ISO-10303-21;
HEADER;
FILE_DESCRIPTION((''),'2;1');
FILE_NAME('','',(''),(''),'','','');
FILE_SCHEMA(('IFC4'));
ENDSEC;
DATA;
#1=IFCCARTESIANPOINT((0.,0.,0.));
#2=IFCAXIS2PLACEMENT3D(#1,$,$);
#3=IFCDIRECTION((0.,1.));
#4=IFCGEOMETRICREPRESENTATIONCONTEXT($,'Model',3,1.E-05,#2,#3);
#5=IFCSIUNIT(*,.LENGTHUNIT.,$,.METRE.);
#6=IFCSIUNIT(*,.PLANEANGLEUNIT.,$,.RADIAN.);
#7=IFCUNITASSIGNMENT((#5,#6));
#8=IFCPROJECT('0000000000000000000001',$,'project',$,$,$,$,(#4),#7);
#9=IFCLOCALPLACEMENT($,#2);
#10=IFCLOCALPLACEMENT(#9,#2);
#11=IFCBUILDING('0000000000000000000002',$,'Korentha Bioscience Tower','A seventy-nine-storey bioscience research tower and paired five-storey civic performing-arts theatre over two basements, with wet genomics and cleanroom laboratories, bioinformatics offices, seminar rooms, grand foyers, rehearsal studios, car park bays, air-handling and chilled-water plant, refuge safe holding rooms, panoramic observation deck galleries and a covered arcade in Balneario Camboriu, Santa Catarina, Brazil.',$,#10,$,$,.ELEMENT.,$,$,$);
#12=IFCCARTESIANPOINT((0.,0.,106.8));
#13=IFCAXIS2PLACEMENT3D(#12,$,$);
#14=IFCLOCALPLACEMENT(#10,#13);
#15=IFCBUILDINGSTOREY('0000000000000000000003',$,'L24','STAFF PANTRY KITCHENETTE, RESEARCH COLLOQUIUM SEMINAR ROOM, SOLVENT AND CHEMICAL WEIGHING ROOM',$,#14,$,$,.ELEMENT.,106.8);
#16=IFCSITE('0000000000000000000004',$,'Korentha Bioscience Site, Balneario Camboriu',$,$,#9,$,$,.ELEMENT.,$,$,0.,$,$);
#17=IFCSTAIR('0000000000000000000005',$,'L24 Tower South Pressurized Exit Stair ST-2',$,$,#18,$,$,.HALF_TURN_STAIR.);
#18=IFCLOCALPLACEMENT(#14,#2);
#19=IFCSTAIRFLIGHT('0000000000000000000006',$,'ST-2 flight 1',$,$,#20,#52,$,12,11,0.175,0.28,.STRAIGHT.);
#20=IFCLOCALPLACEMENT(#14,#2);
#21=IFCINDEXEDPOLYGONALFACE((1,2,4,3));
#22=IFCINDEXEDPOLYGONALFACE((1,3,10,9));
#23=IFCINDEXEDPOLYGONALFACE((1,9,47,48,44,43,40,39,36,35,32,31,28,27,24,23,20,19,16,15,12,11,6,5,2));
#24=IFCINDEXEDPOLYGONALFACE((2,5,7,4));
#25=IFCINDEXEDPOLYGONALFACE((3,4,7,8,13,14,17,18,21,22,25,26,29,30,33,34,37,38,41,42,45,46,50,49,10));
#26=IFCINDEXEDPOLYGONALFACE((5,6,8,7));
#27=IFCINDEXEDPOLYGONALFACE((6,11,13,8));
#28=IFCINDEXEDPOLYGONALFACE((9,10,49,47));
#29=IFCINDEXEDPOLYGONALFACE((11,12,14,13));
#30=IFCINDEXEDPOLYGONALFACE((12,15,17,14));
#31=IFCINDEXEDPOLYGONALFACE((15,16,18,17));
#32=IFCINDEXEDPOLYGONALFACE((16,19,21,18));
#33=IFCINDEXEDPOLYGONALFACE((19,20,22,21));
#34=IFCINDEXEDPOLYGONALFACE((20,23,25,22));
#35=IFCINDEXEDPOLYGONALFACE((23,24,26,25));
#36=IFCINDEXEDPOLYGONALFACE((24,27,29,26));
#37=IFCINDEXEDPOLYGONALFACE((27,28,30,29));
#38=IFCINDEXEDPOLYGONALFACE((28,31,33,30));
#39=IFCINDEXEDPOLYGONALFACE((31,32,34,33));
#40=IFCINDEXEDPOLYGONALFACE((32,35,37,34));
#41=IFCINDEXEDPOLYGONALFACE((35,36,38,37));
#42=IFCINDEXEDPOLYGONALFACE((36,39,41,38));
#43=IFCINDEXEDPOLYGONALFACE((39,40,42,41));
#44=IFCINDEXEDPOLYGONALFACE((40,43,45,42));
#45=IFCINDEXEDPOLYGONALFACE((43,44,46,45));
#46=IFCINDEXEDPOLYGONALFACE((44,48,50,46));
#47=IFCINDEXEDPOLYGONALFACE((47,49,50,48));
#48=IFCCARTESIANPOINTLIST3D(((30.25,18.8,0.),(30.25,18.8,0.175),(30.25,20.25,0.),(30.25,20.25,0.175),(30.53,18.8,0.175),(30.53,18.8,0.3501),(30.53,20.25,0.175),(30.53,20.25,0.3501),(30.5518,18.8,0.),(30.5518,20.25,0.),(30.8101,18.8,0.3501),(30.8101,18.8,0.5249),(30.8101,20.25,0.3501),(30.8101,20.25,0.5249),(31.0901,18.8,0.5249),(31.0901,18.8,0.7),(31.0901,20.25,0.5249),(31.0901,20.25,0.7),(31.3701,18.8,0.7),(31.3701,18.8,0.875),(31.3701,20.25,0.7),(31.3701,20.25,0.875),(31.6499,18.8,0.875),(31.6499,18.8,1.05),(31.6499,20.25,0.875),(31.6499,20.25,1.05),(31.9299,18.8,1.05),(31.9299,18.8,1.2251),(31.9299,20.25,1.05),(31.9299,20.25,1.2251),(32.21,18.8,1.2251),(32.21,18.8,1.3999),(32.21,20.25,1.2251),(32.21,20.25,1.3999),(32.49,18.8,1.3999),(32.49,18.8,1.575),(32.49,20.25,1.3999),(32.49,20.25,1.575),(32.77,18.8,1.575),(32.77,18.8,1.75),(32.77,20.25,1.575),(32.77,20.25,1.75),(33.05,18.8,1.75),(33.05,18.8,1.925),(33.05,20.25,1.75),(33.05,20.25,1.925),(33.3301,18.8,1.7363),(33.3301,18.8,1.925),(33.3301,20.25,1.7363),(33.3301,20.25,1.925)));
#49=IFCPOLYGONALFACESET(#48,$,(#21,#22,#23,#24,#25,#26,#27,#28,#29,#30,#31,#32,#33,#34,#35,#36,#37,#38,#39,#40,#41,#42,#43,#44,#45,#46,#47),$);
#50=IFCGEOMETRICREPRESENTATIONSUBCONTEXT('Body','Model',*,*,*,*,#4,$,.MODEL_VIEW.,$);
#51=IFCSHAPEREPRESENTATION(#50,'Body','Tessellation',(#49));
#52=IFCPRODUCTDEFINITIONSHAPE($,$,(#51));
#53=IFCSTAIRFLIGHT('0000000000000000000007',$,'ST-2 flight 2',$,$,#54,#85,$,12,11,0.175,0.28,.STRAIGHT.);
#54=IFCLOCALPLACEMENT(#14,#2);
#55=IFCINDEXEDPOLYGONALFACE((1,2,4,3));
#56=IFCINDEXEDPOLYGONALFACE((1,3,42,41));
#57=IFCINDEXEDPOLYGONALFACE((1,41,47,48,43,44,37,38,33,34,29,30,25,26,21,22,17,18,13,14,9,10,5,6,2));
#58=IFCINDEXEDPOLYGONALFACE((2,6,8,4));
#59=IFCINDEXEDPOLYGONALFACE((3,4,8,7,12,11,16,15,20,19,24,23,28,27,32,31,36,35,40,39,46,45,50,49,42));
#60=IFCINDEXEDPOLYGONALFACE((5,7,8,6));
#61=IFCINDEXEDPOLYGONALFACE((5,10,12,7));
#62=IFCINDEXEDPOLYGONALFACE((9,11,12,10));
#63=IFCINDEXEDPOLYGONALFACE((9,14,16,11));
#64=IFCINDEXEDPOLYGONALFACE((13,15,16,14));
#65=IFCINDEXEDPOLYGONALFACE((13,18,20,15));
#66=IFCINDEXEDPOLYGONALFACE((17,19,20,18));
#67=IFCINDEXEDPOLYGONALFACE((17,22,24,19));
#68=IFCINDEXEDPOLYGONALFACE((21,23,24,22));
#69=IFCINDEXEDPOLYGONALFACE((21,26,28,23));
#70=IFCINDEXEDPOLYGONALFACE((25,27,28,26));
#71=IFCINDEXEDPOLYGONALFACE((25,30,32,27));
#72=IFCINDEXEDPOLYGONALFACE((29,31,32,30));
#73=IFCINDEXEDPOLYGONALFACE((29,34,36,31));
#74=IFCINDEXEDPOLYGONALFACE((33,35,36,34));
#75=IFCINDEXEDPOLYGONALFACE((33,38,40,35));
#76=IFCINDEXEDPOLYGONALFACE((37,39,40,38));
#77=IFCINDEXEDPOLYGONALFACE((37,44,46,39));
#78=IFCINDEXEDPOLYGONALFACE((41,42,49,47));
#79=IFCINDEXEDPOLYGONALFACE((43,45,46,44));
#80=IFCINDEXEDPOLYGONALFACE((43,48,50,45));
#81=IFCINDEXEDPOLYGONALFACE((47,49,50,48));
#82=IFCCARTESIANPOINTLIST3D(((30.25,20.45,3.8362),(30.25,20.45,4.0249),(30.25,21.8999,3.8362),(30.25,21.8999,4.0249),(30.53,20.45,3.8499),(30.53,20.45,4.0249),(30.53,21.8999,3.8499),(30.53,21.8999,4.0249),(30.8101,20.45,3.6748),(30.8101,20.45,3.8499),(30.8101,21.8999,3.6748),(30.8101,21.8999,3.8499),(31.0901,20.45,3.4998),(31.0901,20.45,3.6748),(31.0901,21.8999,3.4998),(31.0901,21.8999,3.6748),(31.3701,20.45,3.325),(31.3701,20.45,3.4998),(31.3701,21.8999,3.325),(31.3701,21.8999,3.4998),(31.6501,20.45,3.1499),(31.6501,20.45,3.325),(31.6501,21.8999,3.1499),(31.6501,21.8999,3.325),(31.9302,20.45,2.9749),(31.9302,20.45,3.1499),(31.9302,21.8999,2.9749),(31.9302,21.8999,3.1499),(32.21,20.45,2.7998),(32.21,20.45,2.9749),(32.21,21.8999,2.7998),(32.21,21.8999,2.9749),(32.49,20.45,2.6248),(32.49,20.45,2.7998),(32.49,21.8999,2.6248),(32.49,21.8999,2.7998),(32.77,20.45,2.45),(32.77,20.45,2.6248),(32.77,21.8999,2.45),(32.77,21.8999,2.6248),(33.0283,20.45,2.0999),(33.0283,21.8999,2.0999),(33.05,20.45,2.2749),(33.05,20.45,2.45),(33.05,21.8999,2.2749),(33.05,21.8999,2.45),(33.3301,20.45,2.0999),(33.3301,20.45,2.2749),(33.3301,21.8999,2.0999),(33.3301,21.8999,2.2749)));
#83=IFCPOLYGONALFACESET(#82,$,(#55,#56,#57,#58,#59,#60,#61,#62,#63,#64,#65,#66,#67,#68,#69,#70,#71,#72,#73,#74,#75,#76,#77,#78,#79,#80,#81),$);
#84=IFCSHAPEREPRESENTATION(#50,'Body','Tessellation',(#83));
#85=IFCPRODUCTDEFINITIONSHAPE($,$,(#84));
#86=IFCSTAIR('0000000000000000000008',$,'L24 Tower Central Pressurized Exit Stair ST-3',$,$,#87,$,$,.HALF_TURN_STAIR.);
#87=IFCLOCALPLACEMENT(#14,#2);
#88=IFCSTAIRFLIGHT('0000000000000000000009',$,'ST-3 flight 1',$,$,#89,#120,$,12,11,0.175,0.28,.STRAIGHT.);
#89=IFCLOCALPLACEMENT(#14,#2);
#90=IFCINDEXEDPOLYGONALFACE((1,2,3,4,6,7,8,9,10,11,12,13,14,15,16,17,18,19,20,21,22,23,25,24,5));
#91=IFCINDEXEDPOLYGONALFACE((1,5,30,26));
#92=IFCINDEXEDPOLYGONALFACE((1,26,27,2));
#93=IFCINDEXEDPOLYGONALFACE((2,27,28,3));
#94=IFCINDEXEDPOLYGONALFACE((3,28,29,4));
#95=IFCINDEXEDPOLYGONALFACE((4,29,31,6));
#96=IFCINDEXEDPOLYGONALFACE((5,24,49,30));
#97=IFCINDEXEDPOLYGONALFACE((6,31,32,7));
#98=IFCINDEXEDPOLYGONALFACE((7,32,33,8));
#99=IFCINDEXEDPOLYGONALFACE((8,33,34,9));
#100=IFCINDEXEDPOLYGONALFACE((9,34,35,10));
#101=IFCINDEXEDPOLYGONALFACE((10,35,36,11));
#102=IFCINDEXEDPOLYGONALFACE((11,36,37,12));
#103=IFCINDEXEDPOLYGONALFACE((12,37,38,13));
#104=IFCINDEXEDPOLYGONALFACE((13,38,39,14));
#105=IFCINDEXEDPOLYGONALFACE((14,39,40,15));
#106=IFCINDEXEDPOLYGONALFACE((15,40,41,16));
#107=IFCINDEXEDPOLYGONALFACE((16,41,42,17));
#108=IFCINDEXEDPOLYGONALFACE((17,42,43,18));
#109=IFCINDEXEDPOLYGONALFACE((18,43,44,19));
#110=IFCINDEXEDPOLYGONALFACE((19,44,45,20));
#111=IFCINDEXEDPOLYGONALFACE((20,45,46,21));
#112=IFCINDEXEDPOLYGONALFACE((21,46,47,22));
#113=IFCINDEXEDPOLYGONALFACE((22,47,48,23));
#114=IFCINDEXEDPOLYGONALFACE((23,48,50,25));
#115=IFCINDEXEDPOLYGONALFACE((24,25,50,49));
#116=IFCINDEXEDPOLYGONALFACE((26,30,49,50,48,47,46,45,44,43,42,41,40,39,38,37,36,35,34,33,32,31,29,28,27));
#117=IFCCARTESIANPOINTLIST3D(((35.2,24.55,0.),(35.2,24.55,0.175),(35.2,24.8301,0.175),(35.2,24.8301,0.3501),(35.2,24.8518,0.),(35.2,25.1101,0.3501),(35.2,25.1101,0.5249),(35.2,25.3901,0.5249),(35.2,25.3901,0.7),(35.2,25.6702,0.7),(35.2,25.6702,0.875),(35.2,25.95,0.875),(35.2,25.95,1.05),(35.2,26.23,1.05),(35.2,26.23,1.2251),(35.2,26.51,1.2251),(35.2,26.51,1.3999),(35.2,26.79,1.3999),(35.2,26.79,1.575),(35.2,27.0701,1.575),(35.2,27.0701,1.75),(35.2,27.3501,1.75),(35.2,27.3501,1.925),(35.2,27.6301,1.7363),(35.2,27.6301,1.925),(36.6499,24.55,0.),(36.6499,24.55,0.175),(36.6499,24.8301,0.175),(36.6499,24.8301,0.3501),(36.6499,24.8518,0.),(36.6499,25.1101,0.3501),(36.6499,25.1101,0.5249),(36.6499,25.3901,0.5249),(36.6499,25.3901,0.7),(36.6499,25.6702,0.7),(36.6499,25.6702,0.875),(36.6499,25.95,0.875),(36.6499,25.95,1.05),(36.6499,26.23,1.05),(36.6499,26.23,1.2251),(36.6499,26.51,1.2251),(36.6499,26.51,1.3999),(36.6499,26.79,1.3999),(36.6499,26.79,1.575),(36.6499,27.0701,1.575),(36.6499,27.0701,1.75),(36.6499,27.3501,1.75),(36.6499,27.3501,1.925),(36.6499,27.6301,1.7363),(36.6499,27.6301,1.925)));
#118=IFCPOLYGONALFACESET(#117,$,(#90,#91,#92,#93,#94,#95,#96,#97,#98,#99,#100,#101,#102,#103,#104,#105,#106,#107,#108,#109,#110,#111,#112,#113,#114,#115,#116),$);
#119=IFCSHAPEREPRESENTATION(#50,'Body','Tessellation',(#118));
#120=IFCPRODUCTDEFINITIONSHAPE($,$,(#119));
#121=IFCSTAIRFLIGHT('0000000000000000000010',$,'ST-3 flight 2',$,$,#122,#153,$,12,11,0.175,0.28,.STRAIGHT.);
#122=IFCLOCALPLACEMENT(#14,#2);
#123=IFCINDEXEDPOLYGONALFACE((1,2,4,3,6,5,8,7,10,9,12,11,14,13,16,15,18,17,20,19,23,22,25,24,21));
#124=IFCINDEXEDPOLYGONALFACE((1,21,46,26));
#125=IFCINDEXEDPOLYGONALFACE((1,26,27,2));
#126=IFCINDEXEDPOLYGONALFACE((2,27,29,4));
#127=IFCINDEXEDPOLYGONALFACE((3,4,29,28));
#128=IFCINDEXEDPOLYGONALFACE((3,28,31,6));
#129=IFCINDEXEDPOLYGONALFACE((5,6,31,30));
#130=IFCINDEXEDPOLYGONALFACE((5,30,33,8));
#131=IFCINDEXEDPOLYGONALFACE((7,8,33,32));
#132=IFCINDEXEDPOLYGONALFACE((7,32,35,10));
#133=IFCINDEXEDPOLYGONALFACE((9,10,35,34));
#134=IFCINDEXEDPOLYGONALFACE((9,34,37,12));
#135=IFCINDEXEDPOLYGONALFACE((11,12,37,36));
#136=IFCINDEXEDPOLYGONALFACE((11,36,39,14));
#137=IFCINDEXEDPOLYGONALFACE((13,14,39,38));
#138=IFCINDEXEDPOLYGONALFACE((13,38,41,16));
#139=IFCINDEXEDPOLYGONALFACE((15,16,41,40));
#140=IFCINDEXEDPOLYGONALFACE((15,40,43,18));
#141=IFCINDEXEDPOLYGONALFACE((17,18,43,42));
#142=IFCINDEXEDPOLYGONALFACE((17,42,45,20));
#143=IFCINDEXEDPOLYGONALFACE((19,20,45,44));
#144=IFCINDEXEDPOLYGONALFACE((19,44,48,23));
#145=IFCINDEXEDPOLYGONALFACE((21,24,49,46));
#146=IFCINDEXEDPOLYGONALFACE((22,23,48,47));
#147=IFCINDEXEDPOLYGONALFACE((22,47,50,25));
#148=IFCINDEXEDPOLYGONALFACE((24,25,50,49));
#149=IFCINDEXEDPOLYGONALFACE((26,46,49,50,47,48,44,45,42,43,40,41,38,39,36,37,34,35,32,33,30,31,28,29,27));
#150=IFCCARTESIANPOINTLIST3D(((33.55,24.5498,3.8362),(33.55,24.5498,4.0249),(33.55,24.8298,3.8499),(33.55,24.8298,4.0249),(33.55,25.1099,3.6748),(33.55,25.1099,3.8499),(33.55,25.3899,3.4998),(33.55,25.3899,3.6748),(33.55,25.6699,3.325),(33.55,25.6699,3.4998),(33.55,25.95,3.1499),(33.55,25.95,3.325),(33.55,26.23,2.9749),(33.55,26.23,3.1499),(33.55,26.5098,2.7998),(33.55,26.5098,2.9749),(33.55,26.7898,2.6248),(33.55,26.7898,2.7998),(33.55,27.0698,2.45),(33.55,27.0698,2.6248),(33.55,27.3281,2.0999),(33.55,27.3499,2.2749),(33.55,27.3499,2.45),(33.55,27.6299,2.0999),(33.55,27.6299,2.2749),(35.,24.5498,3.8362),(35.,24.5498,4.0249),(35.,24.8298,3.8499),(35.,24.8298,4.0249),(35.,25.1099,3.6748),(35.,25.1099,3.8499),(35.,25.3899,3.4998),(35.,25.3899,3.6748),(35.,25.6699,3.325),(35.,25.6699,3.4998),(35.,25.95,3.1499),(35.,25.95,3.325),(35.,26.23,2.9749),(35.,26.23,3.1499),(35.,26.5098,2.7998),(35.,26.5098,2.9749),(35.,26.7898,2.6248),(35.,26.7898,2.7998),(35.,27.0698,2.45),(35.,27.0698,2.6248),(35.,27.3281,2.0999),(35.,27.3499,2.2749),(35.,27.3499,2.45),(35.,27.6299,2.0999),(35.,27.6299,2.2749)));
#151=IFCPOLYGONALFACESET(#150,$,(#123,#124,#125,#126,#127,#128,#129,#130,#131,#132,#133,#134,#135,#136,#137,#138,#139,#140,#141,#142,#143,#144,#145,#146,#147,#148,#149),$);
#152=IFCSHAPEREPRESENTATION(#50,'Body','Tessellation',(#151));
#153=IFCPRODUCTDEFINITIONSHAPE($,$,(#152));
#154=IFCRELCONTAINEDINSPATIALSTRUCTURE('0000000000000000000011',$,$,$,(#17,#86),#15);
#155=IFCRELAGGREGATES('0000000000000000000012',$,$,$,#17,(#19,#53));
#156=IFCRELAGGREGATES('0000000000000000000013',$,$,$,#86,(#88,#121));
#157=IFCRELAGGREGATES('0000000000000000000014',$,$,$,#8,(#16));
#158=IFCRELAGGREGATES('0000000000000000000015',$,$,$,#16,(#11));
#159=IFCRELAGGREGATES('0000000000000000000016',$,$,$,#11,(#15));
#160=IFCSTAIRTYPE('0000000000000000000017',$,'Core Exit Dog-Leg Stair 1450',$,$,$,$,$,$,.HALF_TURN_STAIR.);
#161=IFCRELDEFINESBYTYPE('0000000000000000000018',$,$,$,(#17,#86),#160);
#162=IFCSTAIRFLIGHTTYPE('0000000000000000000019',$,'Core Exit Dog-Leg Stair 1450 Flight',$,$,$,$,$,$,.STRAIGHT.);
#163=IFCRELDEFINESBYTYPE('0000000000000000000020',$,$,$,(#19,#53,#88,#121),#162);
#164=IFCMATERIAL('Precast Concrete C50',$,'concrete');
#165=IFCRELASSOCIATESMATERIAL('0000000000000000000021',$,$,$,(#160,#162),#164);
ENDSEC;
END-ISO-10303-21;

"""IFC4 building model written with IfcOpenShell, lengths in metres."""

from ifc_helpers import new_model, si_unit, direction, frame, origin, place, context, subcontext, project, spatial, polyline, outline, extrude, material, type_object, element, aggregate, save


model = new_model("IFC4")

# Units and contexts
model_context = context("Model", 3, precision=1e-05, world=origin(), true_north=direction((0.0, 1.0)))
body_context = subcontext(model_context, "Body", "Model", "MODEL_VIEW")
ifc_project = project(units=[si_unit("LENGTHUNIT", "METRE"), si_unit("PLANEANGLEUNIT", "RADIAN")], contexts=[model_context])

# Site, building, storey
site_placement = place(None, origin())
site = spatial("IfcSite", under=ifc_project, at=site_placement, Name="Korentha Bioscience Site, Balneario Camboriu", CompositionType="ELEMENT", RefElevation=0.0)
building_placement = place(site_placement, origin())
building = spatial("IfcBuilding", under=site, at=building_placement, Name="Korentha Bioscience Tower", Description="A seventy-nine-storey bioscience research tower and paired five-storey civic performing-arts theatre over two basements, with wet genomics and cleanroom laboratories, bioinformatics offices, seminar rooms, grand foyers, rehearsal studios, car park bays, air-handling and chilled-water plant, refuge safe holding rooms, panoramic observation deck galleries and a covered arcade in Balneario Camboriu, Santa Catarina, Brazil.", CompositionType="ELEMENT")
storey_placement = place(building_placement, frame((0.0, 0.0, 106.8)))
storey = spatial("IfcBuildingStorey", under=building, at=storey_placement, Name="L24", Description="STAFF PANTRY KITCHENETTE, RESEARCH COLLOQUIUM SEMINAR ROOM, SOLVENT AND CHEMICAL WEIGHING ROOM", CompositionType="ELEMENT", Elevation=106.8)

# Stairs, stair flights
ifc_material_1 = material(Name="Precast Concrete C50", Category="concrete")
stair_type = type_object("IfcStairType", Name="Core Exit Dog-Leg Stair 1450", PredefinedType="HALF_TURN_STAIR", material=ifc_material_1)
stair_1_placement = place(storey_placement, origin())
stair_1 = element("IfcStair", 1, at=stair_1_placement, inside=storey, type_object=stair_type, Name="L24 Tower South Pressurized Exit Stair ST-2", PredefinedType="HALF_TURN_STAIR")
stair_flight_type = type_object("IfcStairFlightType", Name="Core Exit Dog-Leg Stair 1450 Flight", PredefinedType="STRAIGHT", material=ifc_material_1)
stair_flight_1_placement = place(storey_placement, frame((30.25, 19.5249, 0.0), z_axis=(0.0, 0.0, 1.0), x_axis=(1.0, 0.0, 0.0)))
stair_flight_1 = element("IfcStairFlight", 2, at=stair_flight_1_placement, type_object=stair_flight_type, Name="ST-2 flight 1", NumberOfRisers=12, NumberOfTreads=11, PredefinedType="STRAIGHT", RiserHeight=0.175, TreadLength=0.28, context=body_context, shape_type="SweptSolid", body=[
    extrude(outline(polyline([(0.0, 0.0), (0.0, 0.175), (0.28, 0.175), (0.28, 0.3501), (0.5601, 0.3501), (0.5601, 0.5249), (0.8401, 0.5249), (0.8401, 0.7), (1.1201, 0.7), (1.1201, 0.875), (1.3999, 0.875), (1.3999, 1.05), (1.6799, 1.05), (1.6799, 1.2251), (1.96, 1.2251), (1.96, 1.3999), (2.24, 1.3999), (2.24, 1.575), (2.52, 1.575), (2.52, 1.75), (2.8, 1.75), (2.8, 1.925), (3.0801, 1.925), (3.0801, 2.1001), (3.0801, 1.7363), (0.3018, 0.0), (0.0, 0.0)])), frame((0.0, 0.7251, 0.0), z_axis=(0.0, -1.0, 0.0), x_axis=(1.0, 0.0, 0.0)), (0.0, 0.0, 1.0), 1.45),
])
stair_flight_2_placement = place(storey_placement, frame((33.3301, 21.175, 2.0999), z_axis=(0.0, 0.0, 1.0), x_axis=(-1.0, 0.0, 0.0)))
stair_flight_2 = element("IfcStairFlight", 3, at=stair_flight_2_placement, type_object=stair_flight_type, Name="ST-2 flight 2", NumberOfRisers=12, NumberOfTreads=11, PredefinedType="STRAIGHT", RiserHeight=0.175, TreadLength=0.28, context=body_context, shape_type="SweptSolid", body=[
    extrude(outline(polyline([(0.0, 0.0), (0.0, 0.175), (0.28, 0.175), (0.28, 0.3501), (0.5601, 0.3501), (0.5601, 0.5249), (0.8401, 0.5249), (0.8401, 0.7), (1.1201, 0.7), (1.1201, 0.875), (1.3999, 0.875), (1.3999, 1.05), (1.6799, 1.05), (1.6799, 1.2251), (1.96, 1.2251), (1.96, 1.3999), (2.24, 1.3999), (2.24, 1.575), (2.52, 1.575), (2.52, 1.75), (2.8, 1.75), (2.8, 1.925), (3.0801, 1.925), (3.0801, 2.1001), (3.0801, 1.7363), (0.3018, 0.0), (0.0, 0.0)])), frame((0.0, 0.7251, 0.0), z_axis=(0.0, -1.0, 0.0), x_axis=(1.0, 0.0, 0.0)), (0.0, 0.0, 1.0), 1.45),
])
aggregate(stair_1, [stair_flight_1, stair_flight_2])
stair_2_placement = place(storey_placement, origin())
stair_2 = element("IfcStair", 4, at=stair_2_placement, inside=storey, type_object=stair_type, Name="L24 Tower Central Pressurized Exit Stair ST-3", PredefinedType="HALF_TURN_STAIR")
stair_flight_3_placement = place(storey_placement, frame((35.925, 24.55, 0.0), z_axis=(0.0, 0.0, 1.0), x_axis=(0.0, 1.0, 0.0)))
stair_flight_3 = element("IfcStairFlight", 5, at=stair_flight_3_placement, type_object=stair_flight_type, Name="ST-3 flight 1", NumberOfRisers=12, NumberOfTreads=11, PredefinedType="STRAIGHT", RiserHeight=0.175, TreadLength=0.28, context=body_context, shape_type="SweptSolid", body=[
    extrude(outline(polyline([(0.0, 0.0), (0.0, 0.175), (0.28, 0.175), (0.28, 0.3501), (0.5601, 0.3501), (0.5601, 0.5249), (0.8401, 0.5249), (0.8401, 0.7), (1.1201, 0.7), (1.1201, 0.875), (1.3999, 0.875), (1.3999, 1.05), (1.6799, 1.05), (1.6799, 1.2251), (1.96, 1.2251), (1.96, 1.3999), (2.24, 1.3999), (2.24, 1.575), (2.52, 1.575), (2.52, 1.75), (2.8, 1.75), (2.8, 1.925), (3.0801, 1.925), (3.0801, 2.1001), (3.0801, 1.7363), (0.3018, 0.0), (0.0, 0.0)])), frame((0.0, 0.7251, 0.0), z_axis=(0.0, -1.0, 0.0), x_axis=(1.0, 0.0, 0.0)), (0.0, 0.0, 1.0), 1.45),
])
stair_flight_4_placement = place(storey_placement, frame((34.2749, 27.6299, 2.0999), z_axis=(0.0, 0.0, 1.0), x_axis=(0.0, -1.0, 0.0)))
stair_flight_4 = element("IfcStairFlight", 6, at=stair_flight_4_placement, type_object=stair_flight_type, Name="ST-3 flight 2", NumberOfRisers=12, NumberOfTreads=11, PredefinedType="STRAIGHT", RiserHeight=0.175, TreadLength=0.28, context=body_context, shape_type="SweptSolid", body=[
    extrude(outline(polyline([(0.0, 0.0), (0.0, 0.175), (0.28, 0.175), (0.28, 0.3501), (0.5601, 0.3501), (0.5601, 0.5249), (0.8401, 0.5249), (0.8401, 0.7), (1.1201, 0.7), (1.1201, 0.875), (1.3999, 0.875), (1.3999, 1.05), (1.6799, 1.05), (1.6799, 1.2251), (1.96, 1.2251), (1.96, 1.3999), (2.24, 1.3999), (2.24, 1.575), (2.52, 1.575), (2.52, 1.75), (2.8, 1.75), (2.8, 1.925), (3.0801, 1.925), (3.0801, 2.1001), (3.0801, 1.7363), (0.3018, 0.0), (0.0, 0.0)])), frame((0.0, 0.7251, 0.0), z_axis=(0.0, -1.0, 0.0), x_axis=(1.0, 0.0, 0.0)), (0.0, 0.0, 1.0), 1.45),
])
aggregate(stair_2, [stair_flight_3, stair_flight_4])

save(model, "model.ifc")
